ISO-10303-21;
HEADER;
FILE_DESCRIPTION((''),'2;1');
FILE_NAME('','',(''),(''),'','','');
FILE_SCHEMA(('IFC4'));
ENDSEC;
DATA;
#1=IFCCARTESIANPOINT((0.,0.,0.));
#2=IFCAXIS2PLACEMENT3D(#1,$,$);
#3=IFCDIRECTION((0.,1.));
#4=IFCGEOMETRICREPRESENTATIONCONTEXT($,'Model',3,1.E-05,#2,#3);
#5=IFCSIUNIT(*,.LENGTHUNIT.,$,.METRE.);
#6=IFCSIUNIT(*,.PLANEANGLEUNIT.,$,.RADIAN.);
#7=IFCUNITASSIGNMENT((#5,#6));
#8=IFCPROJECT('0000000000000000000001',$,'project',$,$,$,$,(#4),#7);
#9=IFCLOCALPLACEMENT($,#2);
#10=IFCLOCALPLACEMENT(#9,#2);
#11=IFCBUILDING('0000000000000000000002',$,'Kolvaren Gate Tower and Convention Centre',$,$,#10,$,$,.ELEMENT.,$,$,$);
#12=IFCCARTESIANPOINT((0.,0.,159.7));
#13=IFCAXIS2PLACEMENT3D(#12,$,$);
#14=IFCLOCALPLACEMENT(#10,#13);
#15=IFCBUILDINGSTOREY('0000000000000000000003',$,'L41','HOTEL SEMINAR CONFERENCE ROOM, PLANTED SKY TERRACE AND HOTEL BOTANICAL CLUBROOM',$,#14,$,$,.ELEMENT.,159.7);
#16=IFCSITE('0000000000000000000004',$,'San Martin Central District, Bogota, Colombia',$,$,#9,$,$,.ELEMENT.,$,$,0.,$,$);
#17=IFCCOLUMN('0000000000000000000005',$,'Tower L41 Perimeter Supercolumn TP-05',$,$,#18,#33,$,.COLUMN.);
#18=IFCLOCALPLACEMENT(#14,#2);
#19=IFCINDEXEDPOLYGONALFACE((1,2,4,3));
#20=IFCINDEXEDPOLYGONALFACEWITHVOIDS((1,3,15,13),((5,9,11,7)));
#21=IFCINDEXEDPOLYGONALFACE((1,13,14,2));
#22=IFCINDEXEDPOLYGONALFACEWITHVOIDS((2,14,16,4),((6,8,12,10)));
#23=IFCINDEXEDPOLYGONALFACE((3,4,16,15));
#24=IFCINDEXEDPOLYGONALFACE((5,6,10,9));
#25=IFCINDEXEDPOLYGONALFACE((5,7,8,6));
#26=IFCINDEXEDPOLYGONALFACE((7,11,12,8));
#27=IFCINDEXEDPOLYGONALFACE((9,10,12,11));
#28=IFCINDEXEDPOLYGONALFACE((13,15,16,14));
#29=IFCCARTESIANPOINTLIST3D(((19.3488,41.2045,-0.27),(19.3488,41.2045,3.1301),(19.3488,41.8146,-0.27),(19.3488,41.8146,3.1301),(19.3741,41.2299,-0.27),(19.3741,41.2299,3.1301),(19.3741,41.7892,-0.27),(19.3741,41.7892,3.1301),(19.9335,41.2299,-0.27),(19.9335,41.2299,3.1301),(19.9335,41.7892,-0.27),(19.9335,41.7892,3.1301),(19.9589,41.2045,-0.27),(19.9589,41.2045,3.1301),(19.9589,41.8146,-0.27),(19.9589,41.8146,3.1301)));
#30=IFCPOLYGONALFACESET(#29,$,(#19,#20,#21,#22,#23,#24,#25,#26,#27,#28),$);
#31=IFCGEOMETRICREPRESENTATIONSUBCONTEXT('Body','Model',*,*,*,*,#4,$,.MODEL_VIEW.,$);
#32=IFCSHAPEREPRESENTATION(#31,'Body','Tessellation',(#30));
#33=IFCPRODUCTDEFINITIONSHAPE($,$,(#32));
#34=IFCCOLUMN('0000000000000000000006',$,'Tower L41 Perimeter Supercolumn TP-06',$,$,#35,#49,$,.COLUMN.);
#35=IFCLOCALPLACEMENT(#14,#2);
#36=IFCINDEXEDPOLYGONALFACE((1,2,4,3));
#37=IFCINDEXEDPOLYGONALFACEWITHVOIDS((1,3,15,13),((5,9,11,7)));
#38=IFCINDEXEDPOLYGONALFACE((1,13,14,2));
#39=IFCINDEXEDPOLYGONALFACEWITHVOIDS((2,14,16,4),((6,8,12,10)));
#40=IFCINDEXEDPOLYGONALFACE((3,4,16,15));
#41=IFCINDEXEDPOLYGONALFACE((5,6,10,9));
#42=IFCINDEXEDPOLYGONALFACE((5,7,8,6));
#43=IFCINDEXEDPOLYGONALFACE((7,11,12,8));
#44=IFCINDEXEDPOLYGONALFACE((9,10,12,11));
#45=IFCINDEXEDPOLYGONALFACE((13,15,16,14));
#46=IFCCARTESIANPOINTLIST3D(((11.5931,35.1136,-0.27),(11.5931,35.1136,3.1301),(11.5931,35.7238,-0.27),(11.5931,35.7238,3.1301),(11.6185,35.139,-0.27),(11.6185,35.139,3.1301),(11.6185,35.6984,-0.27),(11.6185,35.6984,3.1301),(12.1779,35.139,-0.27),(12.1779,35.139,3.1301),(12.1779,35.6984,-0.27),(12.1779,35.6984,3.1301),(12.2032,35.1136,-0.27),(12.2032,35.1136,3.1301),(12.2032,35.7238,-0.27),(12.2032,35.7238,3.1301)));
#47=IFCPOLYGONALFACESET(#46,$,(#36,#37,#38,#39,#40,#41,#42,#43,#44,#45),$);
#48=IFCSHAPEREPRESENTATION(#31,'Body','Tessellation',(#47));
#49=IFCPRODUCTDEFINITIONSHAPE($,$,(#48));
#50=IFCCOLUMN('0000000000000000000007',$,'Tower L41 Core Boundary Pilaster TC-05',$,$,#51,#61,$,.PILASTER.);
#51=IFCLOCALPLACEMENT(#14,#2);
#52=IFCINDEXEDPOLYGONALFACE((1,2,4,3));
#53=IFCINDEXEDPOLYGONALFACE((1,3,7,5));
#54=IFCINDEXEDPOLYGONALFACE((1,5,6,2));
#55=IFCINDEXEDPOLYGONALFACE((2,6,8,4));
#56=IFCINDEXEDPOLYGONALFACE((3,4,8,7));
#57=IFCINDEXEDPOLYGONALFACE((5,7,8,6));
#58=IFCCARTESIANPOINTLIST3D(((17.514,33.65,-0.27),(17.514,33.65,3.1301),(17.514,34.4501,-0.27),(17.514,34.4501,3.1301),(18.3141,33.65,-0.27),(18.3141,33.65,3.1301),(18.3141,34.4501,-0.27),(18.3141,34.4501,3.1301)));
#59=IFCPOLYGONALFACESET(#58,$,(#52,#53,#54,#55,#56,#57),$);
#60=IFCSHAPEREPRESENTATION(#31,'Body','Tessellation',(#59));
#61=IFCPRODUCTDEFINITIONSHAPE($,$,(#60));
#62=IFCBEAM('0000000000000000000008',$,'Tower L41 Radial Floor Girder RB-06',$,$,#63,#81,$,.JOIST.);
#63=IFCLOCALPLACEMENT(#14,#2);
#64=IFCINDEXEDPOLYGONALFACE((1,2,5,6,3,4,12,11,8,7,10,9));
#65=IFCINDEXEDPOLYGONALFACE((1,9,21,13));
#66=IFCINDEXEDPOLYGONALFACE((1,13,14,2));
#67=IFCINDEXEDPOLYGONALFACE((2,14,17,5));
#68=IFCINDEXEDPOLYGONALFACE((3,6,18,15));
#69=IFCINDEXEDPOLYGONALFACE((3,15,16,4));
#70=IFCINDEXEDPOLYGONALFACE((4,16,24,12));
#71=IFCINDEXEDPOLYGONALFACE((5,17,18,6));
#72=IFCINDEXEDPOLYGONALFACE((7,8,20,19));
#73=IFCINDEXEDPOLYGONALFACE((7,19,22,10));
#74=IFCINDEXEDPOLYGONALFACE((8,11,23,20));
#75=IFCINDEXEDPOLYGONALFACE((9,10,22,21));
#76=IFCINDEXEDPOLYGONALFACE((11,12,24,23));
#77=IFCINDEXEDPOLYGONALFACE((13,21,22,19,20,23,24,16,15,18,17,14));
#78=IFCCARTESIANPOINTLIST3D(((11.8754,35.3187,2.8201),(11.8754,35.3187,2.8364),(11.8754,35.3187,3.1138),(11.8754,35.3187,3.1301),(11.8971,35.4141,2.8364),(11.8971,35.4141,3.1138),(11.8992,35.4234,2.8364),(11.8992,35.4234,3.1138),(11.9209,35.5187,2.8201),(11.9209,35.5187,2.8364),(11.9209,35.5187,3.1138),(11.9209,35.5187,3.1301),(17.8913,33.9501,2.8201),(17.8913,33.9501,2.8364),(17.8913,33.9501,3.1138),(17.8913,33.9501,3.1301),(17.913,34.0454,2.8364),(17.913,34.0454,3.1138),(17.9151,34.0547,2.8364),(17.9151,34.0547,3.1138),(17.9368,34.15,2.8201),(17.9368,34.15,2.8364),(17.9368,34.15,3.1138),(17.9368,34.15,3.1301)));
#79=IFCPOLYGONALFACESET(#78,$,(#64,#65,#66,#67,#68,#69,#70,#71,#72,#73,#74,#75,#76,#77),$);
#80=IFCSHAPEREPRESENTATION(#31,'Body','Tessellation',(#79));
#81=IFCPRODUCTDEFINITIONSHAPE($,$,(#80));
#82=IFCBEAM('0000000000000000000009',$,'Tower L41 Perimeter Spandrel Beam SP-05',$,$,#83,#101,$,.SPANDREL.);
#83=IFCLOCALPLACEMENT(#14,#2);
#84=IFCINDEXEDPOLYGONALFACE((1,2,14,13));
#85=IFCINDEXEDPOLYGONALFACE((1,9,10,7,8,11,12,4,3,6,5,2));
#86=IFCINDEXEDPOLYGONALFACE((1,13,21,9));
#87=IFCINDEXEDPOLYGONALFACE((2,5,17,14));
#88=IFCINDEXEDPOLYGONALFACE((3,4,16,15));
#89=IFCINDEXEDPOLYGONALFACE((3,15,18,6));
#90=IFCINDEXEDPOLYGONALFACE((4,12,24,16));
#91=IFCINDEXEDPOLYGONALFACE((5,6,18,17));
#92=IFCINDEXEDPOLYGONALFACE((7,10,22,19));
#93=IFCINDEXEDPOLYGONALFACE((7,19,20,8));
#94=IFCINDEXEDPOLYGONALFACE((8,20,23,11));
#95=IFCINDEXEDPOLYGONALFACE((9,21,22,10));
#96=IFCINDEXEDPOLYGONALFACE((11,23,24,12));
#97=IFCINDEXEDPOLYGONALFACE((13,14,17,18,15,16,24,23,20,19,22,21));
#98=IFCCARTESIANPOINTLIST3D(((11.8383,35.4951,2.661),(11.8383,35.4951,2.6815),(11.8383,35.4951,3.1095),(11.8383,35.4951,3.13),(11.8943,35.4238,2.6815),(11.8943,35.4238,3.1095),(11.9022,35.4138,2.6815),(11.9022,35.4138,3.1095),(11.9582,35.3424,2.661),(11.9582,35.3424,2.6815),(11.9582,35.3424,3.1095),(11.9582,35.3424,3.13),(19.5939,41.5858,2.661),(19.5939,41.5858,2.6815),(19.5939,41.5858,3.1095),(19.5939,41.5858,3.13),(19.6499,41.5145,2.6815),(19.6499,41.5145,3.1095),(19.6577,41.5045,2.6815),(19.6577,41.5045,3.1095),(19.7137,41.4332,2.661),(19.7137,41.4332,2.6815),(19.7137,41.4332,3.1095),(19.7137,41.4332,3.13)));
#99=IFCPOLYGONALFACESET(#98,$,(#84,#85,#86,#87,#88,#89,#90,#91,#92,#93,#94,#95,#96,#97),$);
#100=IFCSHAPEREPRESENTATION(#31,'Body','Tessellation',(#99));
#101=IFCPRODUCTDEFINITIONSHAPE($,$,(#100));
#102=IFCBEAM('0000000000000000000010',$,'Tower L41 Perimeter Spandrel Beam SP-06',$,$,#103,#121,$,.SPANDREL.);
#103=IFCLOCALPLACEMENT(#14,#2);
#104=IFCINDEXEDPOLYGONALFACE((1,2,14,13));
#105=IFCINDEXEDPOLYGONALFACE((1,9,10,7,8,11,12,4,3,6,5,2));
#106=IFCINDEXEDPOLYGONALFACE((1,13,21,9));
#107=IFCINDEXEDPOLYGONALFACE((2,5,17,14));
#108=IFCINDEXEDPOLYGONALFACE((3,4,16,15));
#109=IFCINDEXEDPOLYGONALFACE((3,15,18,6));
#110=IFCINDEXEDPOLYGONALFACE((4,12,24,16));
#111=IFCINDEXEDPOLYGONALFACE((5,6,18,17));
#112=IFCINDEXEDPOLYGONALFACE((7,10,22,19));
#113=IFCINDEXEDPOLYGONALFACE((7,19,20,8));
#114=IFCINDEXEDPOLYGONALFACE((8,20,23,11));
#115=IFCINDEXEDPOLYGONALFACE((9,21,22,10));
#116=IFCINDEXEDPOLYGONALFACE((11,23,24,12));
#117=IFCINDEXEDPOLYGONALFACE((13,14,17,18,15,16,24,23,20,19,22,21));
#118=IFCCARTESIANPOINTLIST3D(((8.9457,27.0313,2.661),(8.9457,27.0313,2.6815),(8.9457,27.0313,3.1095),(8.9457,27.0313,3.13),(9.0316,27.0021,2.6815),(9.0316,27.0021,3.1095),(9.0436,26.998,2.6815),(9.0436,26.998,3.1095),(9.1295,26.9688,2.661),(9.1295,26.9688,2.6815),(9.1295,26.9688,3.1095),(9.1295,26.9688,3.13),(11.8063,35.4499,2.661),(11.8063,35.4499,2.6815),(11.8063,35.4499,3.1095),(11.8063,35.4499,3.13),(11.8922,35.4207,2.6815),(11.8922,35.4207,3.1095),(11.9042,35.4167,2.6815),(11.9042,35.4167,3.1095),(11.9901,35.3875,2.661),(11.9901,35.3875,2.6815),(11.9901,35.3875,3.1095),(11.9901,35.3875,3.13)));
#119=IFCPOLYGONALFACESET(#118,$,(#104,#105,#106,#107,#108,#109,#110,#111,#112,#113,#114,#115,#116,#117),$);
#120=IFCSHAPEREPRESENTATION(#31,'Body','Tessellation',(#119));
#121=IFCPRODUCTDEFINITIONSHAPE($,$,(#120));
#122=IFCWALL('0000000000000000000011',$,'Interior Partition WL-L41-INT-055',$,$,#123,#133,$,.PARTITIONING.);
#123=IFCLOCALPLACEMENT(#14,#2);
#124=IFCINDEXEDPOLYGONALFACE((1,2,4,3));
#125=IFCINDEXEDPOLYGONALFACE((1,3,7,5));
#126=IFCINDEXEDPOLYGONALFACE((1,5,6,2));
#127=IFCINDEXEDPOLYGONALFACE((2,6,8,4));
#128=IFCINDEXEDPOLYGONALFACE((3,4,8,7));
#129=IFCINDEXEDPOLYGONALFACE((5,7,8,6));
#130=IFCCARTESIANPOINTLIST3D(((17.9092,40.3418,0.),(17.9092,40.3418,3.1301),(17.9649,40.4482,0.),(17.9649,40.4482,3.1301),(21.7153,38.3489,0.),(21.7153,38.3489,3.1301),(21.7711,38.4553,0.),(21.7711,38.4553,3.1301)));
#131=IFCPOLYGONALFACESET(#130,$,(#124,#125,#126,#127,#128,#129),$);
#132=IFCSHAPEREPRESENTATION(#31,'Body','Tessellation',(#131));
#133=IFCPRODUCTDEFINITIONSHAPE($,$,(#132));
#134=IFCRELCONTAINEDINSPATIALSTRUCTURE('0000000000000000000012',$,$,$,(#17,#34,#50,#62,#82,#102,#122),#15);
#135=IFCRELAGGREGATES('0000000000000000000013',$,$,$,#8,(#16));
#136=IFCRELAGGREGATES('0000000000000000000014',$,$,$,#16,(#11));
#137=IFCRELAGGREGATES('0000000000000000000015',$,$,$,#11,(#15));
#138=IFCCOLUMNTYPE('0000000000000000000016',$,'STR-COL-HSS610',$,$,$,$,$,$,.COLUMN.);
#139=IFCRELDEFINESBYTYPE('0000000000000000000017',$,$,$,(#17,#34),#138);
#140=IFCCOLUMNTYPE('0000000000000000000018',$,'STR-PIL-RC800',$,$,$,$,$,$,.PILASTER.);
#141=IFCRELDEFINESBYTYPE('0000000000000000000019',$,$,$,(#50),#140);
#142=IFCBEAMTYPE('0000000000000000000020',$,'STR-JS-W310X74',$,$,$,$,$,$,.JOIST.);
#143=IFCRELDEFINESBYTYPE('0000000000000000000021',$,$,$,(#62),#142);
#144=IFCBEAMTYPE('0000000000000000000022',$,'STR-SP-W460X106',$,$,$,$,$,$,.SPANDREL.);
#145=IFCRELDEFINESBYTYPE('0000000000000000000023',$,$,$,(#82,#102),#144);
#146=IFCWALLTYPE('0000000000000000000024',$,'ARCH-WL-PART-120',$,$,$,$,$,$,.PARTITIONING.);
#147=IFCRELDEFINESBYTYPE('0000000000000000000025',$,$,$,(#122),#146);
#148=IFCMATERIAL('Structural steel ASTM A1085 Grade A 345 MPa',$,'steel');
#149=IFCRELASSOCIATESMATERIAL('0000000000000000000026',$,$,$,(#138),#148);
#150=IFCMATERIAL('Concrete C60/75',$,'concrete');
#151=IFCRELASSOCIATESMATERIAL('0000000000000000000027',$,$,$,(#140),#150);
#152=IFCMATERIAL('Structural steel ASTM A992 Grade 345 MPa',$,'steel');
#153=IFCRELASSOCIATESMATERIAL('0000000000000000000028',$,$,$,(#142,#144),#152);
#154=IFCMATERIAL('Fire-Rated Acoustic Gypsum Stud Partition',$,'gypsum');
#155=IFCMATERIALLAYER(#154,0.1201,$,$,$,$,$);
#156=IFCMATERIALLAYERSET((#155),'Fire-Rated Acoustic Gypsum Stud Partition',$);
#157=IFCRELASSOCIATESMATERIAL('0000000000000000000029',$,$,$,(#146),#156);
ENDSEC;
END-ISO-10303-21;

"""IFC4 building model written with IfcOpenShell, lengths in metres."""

from ifc_helpers import new_model, si_unit, direction, frame, frame_2d, origin, origin_2d, place, context, subcontext, project, spatial, rectangle, hollow_rectangle, i_section, extrude, material, layer, layer_set, material_profile, profile_set, type_object, element, save


model = new_model("IFC4")

# Units and contexts
model_context = context("Model", 3, precision=1e-05, world=origin(), true_north=direction((0.0, 1.0)))
body_context = subcontext(model_context, "Body", "Model", "MODEL_VIEW")
ifc_project = project(units=[si_unit("LENGTHUNIT", "METRE"), si_unit("PLANEANGLEUNIT", "RADIAN")], contexts=[model_context])

# Site, building, storey
site_placement = place(None, origin())
site = spatial("IfcSite", under=ifc_project, at=site_placement, Name="San Martin Central District, Bogota, Colombia", CompositionType="ELEMENT", RefElevation=0.0)
building_placement = place(site_placement, origin())
building = spatial("IfcBuilding", under=site, at=building_placement, Name="Kolvaren Gate Tower and Convention Centre", CompositionType="ELEMENT")
storey_placement = place(building_placement, frame((0.0, 0.0, 159.7)))
storey = spatial("IfcBuildingStorey", under=building, at=storey_placement, Name="L41", Description="HOTEL SEMINAR CONFERENCE ROOM, PLANTED SKY TERRACE AND HOTEL BOTANICAL CLUBROOM", CompositionType="ELEMENT", Elevation=159.7)

# Columns
ifc_material_1 = material(Name="Structural steel ASTM A1085 Grade A 345 MPa", Category="steel")
ifc_material_profile_1 = material_profile(ifc_material_1, hollow_rectangle(XDim=0.6101, YDim=0.6101, WallThickness=0.0254, at=origin_2d()), Name="HSS610X610X25.4")
ifc_profile_set_1 = profile_set([ifc_material_profile_1], Name="Structural steel ASTM A1085 Grade A 345 MPa")
column_type_1 = type_object("IfcColumnType", Name="STR-COL-HSS610", PredefinedType="COLUMN", material=ifc_profile_set_1)
for number, where, z_axis, x_axis, name in (
    (1, (19.6538, 41.5095, -0.27), (0.0, 0.0, 1.0), (1.0, 0.0, 0.0), "Tower L41 Perimeter Supercolumn TP-05"),
    (2, (11.8982, 35.4187, -0.27), (0.0, 0.0, 1.0), (1.0, 0.0, 0.0), "Tower L41 Perimeter Supercolumn TP-06"),
):
    element("IfcColumn", number, at=place(storey_placement, frame(where, z_axis=z_axis, x_axis=x_axis)), inside=storey, type_object=column_type_1, Name=name, PredefinedType="COLUMN", context=body_context, shape_type="SweptSolid", body=[
        extrude(hollow_rectangle(XDim=0.6101, YDim=0.6101, WallThickness=0.0254, at=origin_2d()), origin(), (0.0, 0.0, 1.0), 3.4001),
    ])
ifc_material_2 = material(Name="Concrete C60/75", Category="concrete")
ifc_material_profile_2 = material_profile(ifc_material_2, rectangle(XDim=0.8, YDim=0.8, at=origin_2d()), Name="RC-COL-800X800")
ifc_profile_set_2 = profile_set([ifc_material_profile_2], Name="Concrete C60/75")
column_type_2 = type_object("IfcColumnType", Name="STR-PIL-RC800", PredefinedType="PILASTER", material=ifc_profile_set_2)
column_placement = place(storey_placement, frame((17.9141, 34.05, -0.27), z_axis=(0.0, 0.0, 1.0), x_axis=(1.0, 0.0, 0.0)))
element("IfcColumn", 3, at=column_placement, inside=storey, type_object=column_type_2, Name="Tower L41 Core Boundary Pilaster TC-05", PredefinedType="PILASTER", context=body_context, shape_type="SweptSolid", body=[
    extrude(rectangle(XDim=0.8, YDim=0.8, at=origin_2d()), origin(), (0.0, 0.0, 1.0), 3.4001),
])

# Beams
ifc_material_3 = material(Name="Structural steel ASTM A992 Grade 345 MPa", Category="steel")
ifc_material_profile_3 = material_profile(ifc_material_3, i_section(OverallWidth=0.2051, OverallDepth=0.3101, WebThickness=0.0095, FlangeThickness=0.0164, at=origin_2d()), Name="W310X74")
ifc_profile_set_3 = profile_set([ifc_material_profile_3], Name="Structural steel ASTM A992 Grade 345 MPa")
beam_type_1 = type_object("IfcBeamType", Name="STR-JS-W310X74", PredefinedType="JOIST", material=ifc_profile_set_3)
beam_1_placement = place(storey_placement, frame((17.9141, 34.05, 2.9751), z_axis=(-0.975083, 0.221838, 0.0), x_axis=(-0.221838, -0.975083, 0.0)))
element("IfcBeam", 4, at=beam_1_placement, inside=storey, type_object=beam_type_1, Name="Tower L41 Radial Floor Girder RB-06", PredefinedType="JOIST", context=body_context, shape_type="SweptSolid", body=[
    extrude(i_section(OverallWidth=0.2051, OverallDepth=0.3101, WebThickness=0.0095, FlangeThickness=0.0164, at=origin_2d()), origin(), (0.0, 0.0, 1.0), 6.1697),
])
ifc_material_profile_4 = material_profile(ifc_material_3, i_section(OverallWidth=0.1941, OverallDepth=0.469, WebThickness=0.0127, FlangeThickness=0.0205, at=origin_2d()), Name="W460X106")
ifc_profile_set_4 = profile_set([ifc_material_profile_4], Name="Structural steel ASTM A992 Grade 345 MPa")
beam_type_2 = type_object("IfcBeamType", Name="STR-SP-W460X106", PredefinedType="SPANDREL", material=ifc_profile_set_4)
beam_2_placement = place(storey_placement, frame((19.6538, 41.5095, 2.8955), z_axis=(-0.78646, -0.617641, 0.0), x_axis=(0.617641, -0.78646, 0.0)))
element("IfcBeam", 5, at=beam_2_placement, inside=storey, type_object=beam_type_2, Name="Tower L41 Perimeter Spandrel Beam SP-05", PredefinedType="SPANDREL", context=body_context, shape_type="SweptSolid", body=[
    extrude(i_section(OverallWidth=0.1941, OverallDepth=0.469, WebThickness=0.0127, FlangeThickness=0.0205, at=origin_2d()), origin(), (0.0, 0.0, 1.0), 9.8613),
])
beam_3_placement = place(storey_placement, frame((11.8982, 35.4187, 2.8955), z_axis=(-0.321725, -0.946833, 0.0), x_axis=(0.946833, -0.321725, 0.0)))
element("IfcBeam", 6, at=beam_3_placement, inside=storey, type_object=beam_type_2, Name="Tower L41 Perimeter Spandrel Beam SP-06", PredefinedType="SPANDREL", context=body_context, shape_type="SweptSolid", body=[
    extrude(i_section(OverallWidth=0.1941, OverallDepth=0.469, WebThickness=0.0127, FlangeThickness=0.0205, at=origin_2d()), origin(), (0.0, 0.0, 1.0), 8.8914),
])

# Wall
ifc_material_4 = material(Name="Fire-Rated Acoustic Gypsum Stud Partition", Category="gypsum")
ifc_layer_1 = layer(ifc_material_4, 0.1201)
ifc_layer_set_1 = layer_set([ifc_layer_1], Name="Fire-Rated Acoustic Gypsum Stud Partition")
wall_type_1 = type_object("IfcWallType", Name="ARCH-WL-PART-120", PredefinedType="PARTITIONING", material=ifc_layer_set_1)
wall_1_placement = place(storey_placement, frame((17.937, 40.395, 0.0), z_axis=(0.0, 0.0, 1.0), x_axis=(0.885906, -0.463865, 0.0)))
element("IfcWall", 7, at=wall_1_placement, inside=storey, type_object=wall_type_1, Name="Interior Partition WL-L41-INT-055", PredefinedType="PARTITIONING", context=body_context, shape_type="SweptSolid", body=[
    extrude(rectangle(XDim=4.2964, YDim=0.1201, at=frame_2d((2.1482, 0.0))), origin(), (0.0, 0.0, 1.0), 3.1301),
])

save(model, "model.ifc")
